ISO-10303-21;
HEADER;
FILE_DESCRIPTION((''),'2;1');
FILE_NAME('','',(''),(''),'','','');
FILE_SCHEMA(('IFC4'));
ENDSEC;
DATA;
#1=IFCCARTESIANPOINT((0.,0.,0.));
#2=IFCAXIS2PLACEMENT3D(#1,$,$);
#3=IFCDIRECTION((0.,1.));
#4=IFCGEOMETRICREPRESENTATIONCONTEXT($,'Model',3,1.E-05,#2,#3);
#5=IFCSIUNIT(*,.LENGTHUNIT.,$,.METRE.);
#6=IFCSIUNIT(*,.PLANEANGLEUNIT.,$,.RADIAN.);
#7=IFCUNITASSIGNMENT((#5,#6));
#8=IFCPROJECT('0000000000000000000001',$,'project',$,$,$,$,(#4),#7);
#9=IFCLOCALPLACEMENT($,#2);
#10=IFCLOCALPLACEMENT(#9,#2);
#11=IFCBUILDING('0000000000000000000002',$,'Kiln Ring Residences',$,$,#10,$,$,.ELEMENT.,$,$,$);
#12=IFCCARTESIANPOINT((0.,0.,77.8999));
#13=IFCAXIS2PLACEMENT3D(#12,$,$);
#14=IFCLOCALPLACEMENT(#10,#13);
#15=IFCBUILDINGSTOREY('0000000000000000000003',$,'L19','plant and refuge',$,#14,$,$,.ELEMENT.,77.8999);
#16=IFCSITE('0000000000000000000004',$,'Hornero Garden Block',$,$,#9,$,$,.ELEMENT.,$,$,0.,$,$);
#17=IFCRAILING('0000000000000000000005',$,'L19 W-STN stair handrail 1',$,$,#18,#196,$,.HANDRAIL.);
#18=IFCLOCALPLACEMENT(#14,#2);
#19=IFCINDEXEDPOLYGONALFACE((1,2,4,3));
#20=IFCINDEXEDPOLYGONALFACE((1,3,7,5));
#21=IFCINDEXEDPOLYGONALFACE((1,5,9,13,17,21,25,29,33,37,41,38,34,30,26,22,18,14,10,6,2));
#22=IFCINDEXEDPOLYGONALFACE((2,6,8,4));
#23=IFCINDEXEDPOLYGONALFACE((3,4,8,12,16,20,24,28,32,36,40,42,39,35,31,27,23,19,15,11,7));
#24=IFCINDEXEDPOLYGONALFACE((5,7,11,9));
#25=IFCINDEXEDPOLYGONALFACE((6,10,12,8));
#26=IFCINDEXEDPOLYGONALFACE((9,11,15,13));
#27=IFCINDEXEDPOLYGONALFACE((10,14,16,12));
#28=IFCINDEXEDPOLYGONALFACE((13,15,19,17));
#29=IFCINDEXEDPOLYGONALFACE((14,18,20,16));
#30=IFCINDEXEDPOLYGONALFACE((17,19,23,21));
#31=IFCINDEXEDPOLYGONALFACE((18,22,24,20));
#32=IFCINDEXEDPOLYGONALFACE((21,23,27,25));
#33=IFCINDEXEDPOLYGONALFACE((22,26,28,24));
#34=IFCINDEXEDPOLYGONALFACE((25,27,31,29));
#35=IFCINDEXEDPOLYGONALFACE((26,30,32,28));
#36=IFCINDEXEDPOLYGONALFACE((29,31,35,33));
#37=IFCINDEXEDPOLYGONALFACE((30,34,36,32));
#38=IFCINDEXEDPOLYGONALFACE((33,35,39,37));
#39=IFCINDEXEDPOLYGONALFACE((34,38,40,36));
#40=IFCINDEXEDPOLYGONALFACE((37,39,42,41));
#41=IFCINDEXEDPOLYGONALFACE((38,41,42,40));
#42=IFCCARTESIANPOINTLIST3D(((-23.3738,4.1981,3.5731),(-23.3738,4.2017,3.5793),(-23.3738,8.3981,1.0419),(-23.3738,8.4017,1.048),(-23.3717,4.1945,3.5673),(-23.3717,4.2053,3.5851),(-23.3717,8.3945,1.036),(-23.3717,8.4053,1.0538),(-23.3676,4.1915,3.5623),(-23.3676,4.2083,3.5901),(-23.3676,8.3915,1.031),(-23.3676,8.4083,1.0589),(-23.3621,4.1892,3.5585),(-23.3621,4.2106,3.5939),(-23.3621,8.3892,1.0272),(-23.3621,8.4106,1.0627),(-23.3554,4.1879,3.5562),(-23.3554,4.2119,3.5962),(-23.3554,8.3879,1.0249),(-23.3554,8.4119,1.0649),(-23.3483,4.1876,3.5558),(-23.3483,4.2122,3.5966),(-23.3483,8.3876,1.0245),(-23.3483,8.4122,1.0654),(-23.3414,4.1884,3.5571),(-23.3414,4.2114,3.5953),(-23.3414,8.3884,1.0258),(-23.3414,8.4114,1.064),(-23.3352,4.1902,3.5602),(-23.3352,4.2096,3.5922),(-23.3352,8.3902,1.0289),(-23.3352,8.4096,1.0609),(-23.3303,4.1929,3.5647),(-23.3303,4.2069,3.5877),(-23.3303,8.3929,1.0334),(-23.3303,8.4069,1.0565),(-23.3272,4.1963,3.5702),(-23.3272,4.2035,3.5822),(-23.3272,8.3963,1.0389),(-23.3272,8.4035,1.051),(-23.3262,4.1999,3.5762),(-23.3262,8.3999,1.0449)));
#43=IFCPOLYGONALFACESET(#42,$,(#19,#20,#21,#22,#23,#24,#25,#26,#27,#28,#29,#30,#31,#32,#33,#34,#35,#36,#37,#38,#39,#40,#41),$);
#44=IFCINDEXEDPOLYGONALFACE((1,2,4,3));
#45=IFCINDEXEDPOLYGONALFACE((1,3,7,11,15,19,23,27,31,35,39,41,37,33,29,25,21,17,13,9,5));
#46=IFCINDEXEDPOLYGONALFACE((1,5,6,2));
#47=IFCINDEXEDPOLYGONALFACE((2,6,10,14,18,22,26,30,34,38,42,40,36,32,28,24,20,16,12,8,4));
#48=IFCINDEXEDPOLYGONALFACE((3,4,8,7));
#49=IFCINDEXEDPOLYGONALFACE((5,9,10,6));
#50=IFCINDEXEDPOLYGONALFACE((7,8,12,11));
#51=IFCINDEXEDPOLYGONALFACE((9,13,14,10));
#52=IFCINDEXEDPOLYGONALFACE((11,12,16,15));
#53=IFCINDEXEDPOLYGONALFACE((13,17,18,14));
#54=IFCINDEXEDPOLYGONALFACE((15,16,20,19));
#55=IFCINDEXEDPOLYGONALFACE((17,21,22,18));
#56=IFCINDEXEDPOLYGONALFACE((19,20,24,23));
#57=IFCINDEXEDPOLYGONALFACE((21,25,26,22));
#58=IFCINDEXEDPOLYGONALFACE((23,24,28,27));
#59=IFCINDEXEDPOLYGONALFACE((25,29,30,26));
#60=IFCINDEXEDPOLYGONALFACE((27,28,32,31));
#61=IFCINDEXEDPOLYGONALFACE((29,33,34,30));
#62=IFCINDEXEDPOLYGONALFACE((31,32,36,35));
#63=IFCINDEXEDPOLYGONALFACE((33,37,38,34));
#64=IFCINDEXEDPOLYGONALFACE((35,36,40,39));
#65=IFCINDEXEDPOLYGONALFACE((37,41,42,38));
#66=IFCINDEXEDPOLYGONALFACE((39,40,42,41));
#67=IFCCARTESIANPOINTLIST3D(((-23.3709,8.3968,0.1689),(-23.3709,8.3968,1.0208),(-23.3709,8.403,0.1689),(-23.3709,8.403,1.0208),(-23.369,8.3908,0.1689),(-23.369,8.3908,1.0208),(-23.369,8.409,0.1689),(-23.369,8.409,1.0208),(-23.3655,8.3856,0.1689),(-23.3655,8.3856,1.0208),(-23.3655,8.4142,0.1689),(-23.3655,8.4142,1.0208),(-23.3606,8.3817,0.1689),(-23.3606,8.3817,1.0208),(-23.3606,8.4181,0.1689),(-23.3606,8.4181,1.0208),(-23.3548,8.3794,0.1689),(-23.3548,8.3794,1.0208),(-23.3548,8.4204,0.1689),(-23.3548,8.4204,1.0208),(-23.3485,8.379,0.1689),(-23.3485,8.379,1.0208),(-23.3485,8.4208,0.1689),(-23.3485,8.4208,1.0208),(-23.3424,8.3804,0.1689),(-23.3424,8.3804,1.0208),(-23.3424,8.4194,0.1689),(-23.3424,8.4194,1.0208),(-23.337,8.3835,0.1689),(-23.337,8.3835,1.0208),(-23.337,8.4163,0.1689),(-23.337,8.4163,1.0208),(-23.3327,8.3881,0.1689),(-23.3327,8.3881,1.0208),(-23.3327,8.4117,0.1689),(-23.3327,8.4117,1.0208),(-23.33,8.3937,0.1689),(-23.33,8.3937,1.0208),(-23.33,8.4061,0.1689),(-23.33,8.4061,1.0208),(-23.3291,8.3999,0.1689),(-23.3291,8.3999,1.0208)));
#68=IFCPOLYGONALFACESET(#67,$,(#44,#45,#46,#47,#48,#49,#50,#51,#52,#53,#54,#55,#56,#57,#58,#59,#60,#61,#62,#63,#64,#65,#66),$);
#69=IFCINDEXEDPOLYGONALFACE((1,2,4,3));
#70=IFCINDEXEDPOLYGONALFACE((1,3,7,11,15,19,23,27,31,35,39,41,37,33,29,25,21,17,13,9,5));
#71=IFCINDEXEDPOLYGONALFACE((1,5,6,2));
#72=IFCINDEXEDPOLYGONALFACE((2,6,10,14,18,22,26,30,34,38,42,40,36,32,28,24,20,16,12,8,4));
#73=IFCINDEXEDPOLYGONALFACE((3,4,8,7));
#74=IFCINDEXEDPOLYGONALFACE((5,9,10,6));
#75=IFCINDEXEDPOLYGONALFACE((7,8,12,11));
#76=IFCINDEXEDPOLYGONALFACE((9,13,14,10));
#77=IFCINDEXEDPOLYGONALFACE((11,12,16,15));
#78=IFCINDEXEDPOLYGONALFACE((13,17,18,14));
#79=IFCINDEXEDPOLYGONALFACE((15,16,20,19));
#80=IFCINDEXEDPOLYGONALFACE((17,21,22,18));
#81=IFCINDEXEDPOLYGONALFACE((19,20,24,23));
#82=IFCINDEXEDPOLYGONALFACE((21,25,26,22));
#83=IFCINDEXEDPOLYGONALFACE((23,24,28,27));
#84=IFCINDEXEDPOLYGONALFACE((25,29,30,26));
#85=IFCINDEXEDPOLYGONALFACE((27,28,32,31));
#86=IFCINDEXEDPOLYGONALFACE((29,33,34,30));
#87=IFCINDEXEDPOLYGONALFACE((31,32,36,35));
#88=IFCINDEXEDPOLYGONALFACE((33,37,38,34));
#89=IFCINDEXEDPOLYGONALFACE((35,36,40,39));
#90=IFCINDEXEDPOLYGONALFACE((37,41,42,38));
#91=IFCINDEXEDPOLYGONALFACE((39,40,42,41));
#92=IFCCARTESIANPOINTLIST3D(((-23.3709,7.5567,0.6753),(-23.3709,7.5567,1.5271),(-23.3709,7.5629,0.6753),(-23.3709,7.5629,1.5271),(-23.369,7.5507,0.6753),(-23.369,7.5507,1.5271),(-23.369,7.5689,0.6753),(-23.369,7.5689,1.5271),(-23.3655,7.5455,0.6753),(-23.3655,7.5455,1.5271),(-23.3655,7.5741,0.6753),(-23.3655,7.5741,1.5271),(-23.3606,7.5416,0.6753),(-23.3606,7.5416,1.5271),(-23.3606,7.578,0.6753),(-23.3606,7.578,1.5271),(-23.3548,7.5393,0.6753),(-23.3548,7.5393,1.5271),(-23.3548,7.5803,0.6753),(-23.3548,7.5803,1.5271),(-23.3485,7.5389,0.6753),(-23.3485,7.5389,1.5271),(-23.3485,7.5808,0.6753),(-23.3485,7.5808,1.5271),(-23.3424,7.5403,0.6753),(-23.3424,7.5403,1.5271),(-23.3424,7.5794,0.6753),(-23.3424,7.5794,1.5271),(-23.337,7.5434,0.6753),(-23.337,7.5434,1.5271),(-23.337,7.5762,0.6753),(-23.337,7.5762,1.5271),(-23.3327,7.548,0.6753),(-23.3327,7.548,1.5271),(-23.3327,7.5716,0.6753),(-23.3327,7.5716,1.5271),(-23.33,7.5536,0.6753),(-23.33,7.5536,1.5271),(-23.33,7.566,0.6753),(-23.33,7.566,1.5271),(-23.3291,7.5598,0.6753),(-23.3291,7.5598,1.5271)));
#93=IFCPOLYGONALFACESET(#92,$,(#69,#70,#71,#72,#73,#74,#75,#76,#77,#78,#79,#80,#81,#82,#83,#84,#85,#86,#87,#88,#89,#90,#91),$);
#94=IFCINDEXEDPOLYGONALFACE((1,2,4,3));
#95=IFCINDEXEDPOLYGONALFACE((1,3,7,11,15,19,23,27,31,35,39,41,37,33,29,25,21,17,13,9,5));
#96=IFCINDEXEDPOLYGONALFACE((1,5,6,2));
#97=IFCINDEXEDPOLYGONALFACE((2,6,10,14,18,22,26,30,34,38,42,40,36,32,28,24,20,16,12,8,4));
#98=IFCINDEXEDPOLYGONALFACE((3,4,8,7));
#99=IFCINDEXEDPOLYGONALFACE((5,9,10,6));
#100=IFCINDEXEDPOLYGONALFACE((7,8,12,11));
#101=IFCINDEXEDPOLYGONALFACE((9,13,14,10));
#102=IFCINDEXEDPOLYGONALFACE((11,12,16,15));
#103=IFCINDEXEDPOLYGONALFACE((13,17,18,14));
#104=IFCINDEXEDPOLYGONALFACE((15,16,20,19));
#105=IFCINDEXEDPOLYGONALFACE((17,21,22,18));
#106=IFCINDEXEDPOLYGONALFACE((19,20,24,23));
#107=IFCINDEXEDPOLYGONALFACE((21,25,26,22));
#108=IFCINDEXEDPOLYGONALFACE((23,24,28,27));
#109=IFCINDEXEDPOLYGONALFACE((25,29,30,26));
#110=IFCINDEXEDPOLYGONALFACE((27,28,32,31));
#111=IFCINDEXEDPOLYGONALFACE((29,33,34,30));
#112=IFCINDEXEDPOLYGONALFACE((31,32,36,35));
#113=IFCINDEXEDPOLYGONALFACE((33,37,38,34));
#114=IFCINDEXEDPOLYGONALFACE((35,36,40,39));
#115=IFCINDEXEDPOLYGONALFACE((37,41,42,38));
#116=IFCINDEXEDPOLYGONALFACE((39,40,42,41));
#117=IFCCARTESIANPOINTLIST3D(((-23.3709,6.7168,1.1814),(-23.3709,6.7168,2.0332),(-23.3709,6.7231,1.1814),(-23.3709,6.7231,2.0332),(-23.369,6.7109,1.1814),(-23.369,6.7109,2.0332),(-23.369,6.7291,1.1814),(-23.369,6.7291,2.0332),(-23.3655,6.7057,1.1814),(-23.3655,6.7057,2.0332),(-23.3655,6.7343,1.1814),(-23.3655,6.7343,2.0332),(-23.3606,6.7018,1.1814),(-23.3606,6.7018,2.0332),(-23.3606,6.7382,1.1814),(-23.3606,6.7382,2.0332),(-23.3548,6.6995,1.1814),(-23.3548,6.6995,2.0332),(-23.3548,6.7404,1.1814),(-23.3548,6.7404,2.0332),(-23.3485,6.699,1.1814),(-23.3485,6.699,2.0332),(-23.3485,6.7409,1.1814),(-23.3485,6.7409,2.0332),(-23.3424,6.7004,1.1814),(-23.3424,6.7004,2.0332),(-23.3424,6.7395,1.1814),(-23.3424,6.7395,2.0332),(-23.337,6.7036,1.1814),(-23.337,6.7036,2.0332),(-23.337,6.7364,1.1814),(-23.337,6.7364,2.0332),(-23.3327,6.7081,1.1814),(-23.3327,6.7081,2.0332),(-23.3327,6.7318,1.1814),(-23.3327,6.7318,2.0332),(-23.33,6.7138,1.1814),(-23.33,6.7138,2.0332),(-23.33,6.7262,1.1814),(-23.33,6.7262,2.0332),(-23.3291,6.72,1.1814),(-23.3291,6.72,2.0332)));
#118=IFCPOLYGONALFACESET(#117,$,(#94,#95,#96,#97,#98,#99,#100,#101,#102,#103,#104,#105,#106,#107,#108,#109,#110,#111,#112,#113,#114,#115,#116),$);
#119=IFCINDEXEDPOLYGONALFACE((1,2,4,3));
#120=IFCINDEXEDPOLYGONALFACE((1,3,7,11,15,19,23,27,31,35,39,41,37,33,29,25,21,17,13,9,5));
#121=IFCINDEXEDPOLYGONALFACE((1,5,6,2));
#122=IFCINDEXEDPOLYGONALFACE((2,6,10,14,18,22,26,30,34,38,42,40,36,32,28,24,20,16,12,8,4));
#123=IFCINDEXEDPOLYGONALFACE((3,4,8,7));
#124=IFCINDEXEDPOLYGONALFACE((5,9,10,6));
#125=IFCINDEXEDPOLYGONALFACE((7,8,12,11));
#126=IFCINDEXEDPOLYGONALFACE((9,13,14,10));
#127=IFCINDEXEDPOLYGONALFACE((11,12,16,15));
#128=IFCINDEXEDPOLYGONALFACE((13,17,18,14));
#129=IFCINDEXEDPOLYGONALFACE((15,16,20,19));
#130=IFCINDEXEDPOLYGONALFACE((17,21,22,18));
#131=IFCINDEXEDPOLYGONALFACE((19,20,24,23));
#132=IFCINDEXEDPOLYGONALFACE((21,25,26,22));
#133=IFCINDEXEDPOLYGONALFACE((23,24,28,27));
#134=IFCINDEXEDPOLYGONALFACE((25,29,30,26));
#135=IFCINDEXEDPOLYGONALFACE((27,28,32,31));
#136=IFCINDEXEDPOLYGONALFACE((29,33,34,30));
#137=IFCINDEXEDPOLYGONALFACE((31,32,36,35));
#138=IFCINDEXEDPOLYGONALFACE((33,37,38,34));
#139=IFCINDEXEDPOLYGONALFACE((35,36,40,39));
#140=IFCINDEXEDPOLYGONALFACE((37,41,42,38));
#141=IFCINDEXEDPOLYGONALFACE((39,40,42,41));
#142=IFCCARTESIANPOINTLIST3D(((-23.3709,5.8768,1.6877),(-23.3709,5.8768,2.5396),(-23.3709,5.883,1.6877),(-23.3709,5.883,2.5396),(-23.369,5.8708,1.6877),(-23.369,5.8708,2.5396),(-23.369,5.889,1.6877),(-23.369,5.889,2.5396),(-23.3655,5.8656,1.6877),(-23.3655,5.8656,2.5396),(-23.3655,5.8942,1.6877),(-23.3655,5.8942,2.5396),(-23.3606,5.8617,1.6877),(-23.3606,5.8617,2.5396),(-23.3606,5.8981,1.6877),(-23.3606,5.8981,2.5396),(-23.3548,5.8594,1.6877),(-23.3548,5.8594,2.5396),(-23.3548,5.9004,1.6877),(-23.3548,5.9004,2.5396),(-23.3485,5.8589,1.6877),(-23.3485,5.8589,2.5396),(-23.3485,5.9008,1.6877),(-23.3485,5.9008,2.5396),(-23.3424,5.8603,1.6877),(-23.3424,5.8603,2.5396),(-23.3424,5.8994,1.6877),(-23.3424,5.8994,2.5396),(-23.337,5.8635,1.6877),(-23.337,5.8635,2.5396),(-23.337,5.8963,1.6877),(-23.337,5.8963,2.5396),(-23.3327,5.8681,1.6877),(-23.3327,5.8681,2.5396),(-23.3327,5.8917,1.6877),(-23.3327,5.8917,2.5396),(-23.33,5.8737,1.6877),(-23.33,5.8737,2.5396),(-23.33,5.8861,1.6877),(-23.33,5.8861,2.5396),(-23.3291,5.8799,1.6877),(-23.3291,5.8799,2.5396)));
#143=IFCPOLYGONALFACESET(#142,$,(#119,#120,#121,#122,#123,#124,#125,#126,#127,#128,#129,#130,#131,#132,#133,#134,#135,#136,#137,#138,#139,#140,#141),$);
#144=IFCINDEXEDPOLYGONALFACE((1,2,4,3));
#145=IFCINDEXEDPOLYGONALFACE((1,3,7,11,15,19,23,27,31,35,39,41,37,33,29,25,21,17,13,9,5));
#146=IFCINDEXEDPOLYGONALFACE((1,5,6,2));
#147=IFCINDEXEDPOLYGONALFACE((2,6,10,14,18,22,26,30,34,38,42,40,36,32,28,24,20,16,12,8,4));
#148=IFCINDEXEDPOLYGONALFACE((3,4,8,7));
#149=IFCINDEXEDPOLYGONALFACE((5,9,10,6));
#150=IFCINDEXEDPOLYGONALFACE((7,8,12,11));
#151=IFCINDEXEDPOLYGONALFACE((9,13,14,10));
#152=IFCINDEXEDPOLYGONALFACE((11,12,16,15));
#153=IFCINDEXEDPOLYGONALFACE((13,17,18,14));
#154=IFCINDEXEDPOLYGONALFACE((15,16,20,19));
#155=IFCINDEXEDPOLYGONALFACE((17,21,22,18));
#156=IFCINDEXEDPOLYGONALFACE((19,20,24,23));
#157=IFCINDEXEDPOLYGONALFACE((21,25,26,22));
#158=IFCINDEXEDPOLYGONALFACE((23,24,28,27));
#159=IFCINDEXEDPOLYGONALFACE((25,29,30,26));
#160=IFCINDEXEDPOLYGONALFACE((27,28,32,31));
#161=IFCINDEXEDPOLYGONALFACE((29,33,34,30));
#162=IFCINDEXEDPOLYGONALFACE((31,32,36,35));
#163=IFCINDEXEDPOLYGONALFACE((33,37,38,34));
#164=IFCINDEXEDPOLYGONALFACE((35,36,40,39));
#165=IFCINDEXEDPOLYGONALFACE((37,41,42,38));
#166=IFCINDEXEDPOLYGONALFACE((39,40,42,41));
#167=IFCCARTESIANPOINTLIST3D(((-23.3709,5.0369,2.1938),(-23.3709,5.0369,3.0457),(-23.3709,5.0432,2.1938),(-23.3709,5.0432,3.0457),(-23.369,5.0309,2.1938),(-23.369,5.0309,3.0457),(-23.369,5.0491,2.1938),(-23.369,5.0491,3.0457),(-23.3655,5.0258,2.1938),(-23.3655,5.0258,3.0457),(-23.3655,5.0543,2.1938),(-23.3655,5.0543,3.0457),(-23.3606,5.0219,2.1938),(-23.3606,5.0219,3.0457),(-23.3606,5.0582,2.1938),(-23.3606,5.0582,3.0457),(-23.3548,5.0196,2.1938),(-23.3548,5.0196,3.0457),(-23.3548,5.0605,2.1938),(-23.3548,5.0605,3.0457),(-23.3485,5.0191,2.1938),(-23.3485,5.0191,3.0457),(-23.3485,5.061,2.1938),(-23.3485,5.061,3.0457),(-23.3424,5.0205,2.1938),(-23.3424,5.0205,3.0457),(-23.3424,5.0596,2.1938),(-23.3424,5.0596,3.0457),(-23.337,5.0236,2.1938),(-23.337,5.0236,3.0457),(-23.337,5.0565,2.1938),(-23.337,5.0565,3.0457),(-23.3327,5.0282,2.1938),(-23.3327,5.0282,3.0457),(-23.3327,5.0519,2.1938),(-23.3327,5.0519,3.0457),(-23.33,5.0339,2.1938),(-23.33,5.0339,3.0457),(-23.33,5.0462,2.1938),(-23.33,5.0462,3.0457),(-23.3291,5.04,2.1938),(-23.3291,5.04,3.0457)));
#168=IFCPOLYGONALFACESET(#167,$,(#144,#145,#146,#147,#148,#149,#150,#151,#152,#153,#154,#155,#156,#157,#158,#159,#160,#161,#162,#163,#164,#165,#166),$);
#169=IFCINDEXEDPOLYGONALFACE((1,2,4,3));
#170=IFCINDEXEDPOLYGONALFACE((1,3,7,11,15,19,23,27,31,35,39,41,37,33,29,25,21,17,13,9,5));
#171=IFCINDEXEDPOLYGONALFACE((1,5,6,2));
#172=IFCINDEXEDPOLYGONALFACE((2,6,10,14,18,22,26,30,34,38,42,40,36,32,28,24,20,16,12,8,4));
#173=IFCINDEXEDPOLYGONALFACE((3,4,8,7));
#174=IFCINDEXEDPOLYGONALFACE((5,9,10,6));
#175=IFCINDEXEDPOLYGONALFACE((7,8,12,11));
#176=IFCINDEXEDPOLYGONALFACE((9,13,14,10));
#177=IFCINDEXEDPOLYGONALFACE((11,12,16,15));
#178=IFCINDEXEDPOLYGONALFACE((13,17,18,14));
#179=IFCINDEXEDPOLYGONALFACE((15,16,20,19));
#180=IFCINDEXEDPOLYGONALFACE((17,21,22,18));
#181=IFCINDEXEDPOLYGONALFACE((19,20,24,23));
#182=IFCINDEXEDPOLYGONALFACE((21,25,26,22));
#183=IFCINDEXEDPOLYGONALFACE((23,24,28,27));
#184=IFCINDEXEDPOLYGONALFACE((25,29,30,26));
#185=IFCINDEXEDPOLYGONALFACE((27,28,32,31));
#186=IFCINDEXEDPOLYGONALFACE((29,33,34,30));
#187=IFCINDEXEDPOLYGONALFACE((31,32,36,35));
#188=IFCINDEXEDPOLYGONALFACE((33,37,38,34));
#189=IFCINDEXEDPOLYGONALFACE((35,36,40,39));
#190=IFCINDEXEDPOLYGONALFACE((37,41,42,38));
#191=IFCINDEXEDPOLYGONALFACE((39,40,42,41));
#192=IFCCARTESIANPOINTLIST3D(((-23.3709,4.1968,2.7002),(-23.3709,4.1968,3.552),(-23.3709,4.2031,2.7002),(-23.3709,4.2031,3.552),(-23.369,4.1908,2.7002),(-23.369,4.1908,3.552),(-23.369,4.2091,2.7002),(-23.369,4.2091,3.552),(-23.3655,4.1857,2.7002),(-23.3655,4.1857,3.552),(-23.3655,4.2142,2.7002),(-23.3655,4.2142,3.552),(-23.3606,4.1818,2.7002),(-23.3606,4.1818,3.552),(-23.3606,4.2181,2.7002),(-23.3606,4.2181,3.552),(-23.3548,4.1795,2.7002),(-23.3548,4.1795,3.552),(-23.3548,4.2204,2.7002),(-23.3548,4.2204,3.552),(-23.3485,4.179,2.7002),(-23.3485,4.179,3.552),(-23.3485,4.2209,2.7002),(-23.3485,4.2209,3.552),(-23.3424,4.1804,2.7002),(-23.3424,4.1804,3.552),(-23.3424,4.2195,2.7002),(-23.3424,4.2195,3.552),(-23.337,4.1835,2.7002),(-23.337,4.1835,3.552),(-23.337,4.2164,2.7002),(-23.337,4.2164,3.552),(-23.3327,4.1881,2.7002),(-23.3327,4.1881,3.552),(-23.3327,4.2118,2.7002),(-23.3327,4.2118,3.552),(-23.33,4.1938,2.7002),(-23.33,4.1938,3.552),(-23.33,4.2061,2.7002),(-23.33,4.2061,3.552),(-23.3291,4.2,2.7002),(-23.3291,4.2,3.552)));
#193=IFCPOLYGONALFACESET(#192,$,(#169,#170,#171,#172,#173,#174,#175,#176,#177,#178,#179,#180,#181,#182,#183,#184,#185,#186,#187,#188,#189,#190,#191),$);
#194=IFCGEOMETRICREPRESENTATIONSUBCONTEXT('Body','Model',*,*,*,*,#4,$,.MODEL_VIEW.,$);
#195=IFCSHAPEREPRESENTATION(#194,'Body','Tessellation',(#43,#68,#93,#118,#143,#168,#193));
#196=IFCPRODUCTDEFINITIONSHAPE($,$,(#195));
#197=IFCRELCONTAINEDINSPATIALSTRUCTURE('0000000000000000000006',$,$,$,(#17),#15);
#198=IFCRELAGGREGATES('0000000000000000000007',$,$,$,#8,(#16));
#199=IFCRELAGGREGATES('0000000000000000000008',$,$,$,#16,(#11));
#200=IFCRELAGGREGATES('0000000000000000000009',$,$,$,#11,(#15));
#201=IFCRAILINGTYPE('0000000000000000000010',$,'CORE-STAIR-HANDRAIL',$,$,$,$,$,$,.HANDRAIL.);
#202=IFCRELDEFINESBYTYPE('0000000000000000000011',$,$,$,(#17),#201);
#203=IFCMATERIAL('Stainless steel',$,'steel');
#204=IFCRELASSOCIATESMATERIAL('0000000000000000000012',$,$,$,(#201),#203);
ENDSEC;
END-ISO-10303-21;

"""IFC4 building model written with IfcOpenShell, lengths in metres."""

from ifc_helpers import new_model, si_unit, direction, frame, origin, origin_2d, place, context, subcontext, project, spatial, circle, extrude, material, type_object, element, save


model = new_model("IFC4")

# Units and contexts
model_context = context("Model", 3, precision=1e-05, world=origin(), true_north=direction((0.0, 1.0)))
body_context = subcontext(model_context, "Body", "Model", "MODEL_VIEW")
ifc_project = project(units=[si_unit("LENGTHUNIT", "METRE"), si_unit("PLANEANGLEUNIT", "RADIAN")], contexts=[model_context])

# Site, building, storey
site_placement = place(None, origin())
site = spatial("IfcSite", under=ifc_project, at=site_placement, Name="Hornero Garden Block", CompositionType="ELEMENT", RefElevation=0.0)
building_placement = place(site_placement, origin())
building = spatial("IfcBuilding", under=site, at=building_placement, Name="Kiln Ring Residences", CompositionType="ELEMENT")
storey_placement = place(building_placement, frame((0.0, 0.0, 77.8999)))
storey = spatial("IfcBuildingStorey", under=building, at=storey_placement, Name="L19", Description="plant and refuge", CompositionType="ELEMENT", Elevation=77.8999)

# Railing
ifc_material_1 = material(Name="Stainless steel", Category="steel")
railing_type_1 = type_object("IfcRailingType", Name="CORE-STAIR-HANDRAIL", PredefinedType="HANDRAIL", material=ifc_material_1)
railing_1_placement = place(storey_placement, frame((-23.3501, 8.3999, 0.1689)))
element("IfcRailing", 1, at=railing_1_placement, inside=storey, type_object=railing_type_1, Name="L19 W-STN stair handrail 1", PredefinedType="HANDRAIL", context=body_context, shape_type="SweptSolid", body=[
    extrude(circle(Radius=0.0239, at=origin_2d()), frame((0.0, 0.0, 0.876), z_axis=(0.0, -0.856476, 0.516186), x_axis=(1.0, 0.0, 0.0)), (0.0, 0.0, 1.0), 4.9038),
    extrude(circle(Radius=0.021, at=origin_2d()), origin(), (0.0, 0.0, 1.0), 0.8518),
    extrude(circle(Radius=0.021, at=origin_2d()), frame((0.0, -0.8401, 0.5063)), (0.0, 0.0, 1.0), 0.8518),
    extrude(circle(Radius=0.021, at=origin_2d()), frame((0.0, -1.6799, 1.0125)), (0.0, 0.0, 1.0), 0.8518),
    extrude(circle(Radius=0.021, at=origin_2d()), frame((0.0, -2.52, 1.5188)), (0.0, 0.0, 1.0), 0.8518),
    extrude(circle(Radius=0.021, at=origin_2d()), frame((0.0, -3.3599, 2.0249)), (0.0, 0.0, 1.0), 0.8518),
    extrude(circle(Radius=0.021, at=origin_2d()), frame((0.0, -4.2, 2.5312)), (0.0, 0.0, 1.0), 0.8518),
])

save(model, "model.ifc")
